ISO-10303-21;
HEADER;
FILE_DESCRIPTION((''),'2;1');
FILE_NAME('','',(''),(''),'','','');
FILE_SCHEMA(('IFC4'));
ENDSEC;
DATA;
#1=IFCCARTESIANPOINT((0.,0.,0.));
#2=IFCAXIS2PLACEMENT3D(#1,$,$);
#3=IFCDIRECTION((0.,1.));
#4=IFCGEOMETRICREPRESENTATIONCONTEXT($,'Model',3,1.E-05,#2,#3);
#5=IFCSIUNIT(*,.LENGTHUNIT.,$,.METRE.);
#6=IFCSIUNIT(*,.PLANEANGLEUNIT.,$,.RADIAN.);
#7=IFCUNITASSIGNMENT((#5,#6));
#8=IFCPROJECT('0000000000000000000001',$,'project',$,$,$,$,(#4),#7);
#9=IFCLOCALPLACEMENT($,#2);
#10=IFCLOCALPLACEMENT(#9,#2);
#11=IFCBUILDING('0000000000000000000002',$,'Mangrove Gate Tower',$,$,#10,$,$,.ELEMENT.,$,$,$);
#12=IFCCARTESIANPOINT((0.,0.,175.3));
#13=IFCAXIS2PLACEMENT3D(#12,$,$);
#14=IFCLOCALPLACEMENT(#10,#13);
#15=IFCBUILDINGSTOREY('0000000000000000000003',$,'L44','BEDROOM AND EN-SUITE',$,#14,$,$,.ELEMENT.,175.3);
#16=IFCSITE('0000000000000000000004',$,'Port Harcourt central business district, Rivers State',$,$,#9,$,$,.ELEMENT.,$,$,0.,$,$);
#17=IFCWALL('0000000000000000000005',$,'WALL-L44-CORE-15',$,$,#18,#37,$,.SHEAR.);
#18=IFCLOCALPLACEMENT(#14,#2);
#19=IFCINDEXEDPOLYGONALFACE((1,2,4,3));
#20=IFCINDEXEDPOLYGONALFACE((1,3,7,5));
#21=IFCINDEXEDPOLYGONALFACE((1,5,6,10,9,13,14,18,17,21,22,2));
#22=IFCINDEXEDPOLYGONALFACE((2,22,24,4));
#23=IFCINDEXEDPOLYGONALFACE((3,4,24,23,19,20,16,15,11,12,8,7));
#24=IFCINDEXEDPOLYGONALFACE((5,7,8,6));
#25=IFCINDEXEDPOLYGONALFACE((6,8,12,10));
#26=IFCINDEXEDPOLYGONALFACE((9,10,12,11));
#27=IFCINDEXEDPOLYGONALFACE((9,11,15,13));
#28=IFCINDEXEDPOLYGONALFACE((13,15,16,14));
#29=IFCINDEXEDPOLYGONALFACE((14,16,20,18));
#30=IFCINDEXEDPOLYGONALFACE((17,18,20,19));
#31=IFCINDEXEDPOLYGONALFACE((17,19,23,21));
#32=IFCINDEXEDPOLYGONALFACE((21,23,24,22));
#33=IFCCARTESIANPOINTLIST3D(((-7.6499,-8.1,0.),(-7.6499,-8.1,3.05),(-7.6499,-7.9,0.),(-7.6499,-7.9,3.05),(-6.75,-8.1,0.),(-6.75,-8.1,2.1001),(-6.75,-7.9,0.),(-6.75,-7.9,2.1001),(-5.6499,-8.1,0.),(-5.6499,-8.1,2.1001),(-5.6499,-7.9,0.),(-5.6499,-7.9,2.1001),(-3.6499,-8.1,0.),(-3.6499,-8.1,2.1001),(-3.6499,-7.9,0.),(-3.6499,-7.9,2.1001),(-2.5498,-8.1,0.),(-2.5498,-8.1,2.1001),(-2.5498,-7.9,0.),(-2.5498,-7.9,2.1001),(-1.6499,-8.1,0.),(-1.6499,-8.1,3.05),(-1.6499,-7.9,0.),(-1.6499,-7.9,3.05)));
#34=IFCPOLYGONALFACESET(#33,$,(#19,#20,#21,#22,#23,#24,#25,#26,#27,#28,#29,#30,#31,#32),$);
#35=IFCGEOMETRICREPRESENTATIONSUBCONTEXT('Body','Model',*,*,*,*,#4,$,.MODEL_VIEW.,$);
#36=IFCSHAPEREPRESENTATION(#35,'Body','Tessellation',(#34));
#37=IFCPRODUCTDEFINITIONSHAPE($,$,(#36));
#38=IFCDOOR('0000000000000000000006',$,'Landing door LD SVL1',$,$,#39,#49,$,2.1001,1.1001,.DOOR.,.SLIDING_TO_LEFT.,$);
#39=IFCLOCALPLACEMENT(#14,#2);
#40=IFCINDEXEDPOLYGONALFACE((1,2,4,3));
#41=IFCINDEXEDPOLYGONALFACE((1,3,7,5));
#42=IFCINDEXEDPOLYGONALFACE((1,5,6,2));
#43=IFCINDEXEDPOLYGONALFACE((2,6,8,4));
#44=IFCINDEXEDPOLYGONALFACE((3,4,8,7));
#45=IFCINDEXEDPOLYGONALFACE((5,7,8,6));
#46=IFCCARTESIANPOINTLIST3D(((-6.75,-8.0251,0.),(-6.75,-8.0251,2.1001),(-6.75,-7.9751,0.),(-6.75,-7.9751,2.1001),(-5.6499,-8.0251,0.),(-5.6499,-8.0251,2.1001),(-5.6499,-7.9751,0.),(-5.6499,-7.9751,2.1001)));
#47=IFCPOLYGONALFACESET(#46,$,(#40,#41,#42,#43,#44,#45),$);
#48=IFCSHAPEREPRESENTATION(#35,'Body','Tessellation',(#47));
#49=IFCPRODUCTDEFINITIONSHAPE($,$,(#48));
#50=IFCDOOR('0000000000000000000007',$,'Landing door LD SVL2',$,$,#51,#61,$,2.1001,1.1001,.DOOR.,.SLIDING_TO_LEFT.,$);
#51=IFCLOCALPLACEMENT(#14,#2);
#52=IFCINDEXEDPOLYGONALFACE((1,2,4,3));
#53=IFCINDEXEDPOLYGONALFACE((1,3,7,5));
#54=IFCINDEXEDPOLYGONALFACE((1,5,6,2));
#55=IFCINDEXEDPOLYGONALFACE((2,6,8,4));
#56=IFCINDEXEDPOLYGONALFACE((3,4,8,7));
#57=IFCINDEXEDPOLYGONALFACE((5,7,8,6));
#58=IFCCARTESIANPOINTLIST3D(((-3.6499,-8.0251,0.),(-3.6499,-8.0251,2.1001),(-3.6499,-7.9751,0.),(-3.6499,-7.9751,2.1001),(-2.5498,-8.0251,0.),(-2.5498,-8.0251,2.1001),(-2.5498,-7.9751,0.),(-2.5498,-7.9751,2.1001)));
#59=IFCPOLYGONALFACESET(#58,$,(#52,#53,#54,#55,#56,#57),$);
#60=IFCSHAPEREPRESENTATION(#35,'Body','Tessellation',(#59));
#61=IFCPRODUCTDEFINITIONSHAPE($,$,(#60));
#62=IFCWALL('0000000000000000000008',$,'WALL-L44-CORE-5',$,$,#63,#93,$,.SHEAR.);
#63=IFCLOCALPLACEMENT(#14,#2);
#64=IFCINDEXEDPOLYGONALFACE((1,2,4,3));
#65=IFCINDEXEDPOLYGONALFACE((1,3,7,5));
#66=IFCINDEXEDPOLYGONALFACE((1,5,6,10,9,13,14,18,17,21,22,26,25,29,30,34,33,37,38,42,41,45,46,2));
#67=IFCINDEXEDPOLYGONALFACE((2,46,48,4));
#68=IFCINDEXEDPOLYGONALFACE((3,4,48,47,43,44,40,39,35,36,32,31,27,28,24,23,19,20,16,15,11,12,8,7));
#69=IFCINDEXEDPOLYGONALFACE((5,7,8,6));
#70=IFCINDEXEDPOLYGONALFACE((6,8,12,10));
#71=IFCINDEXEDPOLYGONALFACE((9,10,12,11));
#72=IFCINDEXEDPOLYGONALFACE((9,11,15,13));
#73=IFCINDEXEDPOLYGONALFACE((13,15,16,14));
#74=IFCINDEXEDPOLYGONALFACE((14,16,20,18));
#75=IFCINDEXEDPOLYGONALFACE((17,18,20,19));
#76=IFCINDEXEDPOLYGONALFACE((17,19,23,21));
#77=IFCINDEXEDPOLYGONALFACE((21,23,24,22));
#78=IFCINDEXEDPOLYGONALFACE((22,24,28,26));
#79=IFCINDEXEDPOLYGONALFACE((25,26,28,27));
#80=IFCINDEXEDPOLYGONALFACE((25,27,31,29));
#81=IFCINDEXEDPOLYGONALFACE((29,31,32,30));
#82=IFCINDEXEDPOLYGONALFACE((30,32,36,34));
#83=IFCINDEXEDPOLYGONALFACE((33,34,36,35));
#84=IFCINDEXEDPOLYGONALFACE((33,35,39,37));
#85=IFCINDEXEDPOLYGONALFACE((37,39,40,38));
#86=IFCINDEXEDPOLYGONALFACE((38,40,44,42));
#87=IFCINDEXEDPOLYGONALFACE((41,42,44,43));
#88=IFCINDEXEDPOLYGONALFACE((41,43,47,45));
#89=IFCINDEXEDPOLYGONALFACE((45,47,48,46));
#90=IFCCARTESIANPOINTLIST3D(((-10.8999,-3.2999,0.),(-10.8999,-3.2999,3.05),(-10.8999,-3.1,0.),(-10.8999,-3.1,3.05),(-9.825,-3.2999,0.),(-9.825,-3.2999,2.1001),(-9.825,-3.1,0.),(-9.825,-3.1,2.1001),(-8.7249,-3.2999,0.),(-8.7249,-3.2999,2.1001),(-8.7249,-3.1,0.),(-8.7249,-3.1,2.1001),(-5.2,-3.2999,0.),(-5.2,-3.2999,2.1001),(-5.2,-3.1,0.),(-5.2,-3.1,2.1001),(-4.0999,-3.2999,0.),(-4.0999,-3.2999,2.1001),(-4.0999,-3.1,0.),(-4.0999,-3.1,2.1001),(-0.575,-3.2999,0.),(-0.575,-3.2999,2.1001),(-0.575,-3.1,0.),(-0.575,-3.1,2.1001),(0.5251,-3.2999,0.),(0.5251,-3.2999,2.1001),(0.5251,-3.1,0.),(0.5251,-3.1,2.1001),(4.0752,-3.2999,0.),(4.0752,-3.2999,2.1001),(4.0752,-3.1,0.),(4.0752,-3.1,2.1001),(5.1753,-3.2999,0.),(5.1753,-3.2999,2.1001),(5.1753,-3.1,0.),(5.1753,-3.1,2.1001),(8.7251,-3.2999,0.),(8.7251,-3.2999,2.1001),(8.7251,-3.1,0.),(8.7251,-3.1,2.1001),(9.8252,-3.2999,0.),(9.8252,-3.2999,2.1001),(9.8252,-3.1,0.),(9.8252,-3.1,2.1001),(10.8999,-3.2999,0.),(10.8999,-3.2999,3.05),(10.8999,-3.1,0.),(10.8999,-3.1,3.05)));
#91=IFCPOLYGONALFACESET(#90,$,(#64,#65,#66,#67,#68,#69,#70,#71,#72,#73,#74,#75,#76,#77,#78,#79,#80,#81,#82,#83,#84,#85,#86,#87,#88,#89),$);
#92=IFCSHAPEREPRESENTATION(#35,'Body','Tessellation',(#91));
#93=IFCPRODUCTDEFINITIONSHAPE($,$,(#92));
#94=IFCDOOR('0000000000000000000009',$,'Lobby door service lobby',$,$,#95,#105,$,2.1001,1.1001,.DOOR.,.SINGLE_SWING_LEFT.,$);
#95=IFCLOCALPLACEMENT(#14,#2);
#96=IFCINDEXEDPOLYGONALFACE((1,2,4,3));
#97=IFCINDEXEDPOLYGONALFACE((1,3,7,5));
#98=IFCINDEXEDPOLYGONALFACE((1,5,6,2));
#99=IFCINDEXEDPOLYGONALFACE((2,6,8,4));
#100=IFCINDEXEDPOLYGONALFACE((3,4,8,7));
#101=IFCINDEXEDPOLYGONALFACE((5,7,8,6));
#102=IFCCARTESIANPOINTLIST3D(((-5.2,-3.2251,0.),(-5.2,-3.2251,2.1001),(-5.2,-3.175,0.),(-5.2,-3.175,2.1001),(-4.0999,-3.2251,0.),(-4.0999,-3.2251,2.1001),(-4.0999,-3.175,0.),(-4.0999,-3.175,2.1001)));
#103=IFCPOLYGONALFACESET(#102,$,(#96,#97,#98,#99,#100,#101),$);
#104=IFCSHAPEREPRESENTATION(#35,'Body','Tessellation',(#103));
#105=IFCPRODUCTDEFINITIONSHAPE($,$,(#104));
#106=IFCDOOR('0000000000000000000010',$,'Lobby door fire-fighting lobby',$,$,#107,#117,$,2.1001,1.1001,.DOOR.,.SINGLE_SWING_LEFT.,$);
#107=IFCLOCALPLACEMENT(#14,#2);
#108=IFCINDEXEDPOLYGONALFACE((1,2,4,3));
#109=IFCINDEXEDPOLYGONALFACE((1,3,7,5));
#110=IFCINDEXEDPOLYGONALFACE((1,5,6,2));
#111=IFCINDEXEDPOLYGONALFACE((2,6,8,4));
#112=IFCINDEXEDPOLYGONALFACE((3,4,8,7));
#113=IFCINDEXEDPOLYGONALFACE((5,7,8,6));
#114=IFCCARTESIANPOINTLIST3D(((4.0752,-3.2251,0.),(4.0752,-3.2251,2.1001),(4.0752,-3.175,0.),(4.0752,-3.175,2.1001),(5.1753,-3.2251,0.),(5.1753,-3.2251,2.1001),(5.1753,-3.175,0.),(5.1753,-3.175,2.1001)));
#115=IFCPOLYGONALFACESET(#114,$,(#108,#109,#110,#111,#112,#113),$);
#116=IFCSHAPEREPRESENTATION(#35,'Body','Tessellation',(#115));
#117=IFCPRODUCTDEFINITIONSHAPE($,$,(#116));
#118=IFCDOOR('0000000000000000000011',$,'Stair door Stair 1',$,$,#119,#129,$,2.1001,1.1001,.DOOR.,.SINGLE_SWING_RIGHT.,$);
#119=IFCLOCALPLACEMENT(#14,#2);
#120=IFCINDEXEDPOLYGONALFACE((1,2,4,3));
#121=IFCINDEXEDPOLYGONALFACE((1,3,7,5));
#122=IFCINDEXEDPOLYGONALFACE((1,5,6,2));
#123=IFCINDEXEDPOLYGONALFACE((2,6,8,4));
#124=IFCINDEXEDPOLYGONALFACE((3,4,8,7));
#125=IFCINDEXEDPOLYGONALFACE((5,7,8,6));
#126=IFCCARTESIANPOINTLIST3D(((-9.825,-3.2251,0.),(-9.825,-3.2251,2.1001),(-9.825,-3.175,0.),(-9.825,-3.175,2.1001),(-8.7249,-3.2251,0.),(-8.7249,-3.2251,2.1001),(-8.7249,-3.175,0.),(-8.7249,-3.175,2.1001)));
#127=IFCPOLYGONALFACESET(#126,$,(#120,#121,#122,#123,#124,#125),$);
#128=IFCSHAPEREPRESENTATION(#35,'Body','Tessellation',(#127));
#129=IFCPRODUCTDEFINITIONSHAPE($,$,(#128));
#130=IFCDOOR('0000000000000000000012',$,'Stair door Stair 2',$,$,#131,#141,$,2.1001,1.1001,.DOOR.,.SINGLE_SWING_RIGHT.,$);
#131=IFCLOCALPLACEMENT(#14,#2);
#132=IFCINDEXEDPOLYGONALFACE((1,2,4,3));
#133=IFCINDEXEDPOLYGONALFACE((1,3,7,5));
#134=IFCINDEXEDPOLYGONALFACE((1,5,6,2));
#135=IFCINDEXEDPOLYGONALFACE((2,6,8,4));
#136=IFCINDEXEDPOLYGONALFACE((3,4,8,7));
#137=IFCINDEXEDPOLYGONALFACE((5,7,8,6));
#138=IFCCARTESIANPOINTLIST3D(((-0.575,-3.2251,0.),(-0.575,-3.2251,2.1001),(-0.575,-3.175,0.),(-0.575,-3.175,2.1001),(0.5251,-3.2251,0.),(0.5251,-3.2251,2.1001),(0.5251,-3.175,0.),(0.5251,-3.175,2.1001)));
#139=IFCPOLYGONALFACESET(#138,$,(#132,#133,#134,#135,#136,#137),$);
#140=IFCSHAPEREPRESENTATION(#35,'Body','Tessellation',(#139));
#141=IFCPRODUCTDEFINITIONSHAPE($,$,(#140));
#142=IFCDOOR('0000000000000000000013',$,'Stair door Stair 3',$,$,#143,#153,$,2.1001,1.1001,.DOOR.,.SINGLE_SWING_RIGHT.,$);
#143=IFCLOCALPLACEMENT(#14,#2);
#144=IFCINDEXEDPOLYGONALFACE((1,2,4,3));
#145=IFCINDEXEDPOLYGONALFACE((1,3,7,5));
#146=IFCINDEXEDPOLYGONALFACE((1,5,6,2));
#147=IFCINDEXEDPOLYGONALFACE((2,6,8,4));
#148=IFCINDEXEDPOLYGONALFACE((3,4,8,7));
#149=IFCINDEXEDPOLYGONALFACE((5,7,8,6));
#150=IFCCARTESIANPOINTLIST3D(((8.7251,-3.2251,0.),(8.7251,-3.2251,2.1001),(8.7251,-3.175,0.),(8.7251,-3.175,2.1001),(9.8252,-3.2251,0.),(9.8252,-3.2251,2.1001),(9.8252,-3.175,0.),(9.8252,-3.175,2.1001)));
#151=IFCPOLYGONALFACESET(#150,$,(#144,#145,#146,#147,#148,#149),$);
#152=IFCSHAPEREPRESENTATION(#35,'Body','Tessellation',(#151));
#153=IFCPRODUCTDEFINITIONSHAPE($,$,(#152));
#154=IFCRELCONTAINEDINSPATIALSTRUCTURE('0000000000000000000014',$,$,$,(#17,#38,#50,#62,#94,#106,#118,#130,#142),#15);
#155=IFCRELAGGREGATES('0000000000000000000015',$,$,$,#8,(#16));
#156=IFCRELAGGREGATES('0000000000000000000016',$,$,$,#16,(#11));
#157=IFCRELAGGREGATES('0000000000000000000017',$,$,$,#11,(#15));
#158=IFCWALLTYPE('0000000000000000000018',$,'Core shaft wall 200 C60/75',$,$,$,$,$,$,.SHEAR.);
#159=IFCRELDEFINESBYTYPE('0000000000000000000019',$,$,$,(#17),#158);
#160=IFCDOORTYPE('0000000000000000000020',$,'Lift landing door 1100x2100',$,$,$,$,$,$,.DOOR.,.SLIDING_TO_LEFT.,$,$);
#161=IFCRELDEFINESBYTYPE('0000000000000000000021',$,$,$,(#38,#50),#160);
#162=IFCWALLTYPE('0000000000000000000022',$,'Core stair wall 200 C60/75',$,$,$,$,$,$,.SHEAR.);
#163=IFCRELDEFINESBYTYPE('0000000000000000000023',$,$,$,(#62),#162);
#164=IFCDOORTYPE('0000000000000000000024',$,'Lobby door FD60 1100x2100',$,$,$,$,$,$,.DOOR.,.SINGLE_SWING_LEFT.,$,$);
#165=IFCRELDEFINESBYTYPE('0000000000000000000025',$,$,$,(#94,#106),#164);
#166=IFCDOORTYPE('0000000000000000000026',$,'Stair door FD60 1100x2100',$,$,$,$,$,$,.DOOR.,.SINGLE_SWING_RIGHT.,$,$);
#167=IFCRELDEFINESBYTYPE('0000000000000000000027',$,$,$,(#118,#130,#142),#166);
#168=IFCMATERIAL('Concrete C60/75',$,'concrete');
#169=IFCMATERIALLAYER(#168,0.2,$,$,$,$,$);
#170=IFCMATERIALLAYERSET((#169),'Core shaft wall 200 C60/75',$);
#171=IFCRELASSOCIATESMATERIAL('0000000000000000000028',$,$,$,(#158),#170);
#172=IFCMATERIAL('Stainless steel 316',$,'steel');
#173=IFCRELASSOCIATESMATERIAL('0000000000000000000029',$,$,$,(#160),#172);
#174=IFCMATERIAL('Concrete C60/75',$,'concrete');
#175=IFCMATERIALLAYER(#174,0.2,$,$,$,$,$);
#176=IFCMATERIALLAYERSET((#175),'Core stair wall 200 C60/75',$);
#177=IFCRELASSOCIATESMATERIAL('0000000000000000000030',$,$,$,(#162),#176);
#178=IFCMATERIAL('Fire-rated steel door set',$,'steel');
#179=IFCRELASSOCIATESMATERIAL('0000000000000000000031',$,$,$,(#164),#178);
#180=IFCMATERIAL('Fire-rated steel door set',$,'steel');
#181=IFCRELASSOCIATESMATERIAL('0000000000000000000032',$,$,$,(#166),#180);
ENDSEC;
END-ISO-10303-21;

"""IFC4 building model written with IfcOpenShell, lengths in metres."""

from ifc_helpers import new_model, si_unit, direction, frame, frame_2d, origin, place, context, subcontext, project, spatial, rectangle, extrude, material, layer, layer_set, type_object, element, fill, save


model = new_model("IFC4")

# Units and contexts
model_context = context("Model", 3, precision=1e-05, world=origin(), true_north=direction((0.0, 1.0)))
body_context = subcontext(model_context, "Body", "Model", "MODEL_VIEW")
ifc_project = project(units=[si_unit("LENGTHUNIT", "METRE"), si_unit("PLANEANGLEUNIT", "RADIAN")], contexts=[model_context])

# Site, building, storey
site_placement = place(None, origin())
site = spatial("IfcSite", under=ifc_project, at=site_placement, Name="Port Harcourt central business district, Rivers State", CompositionType="ELEMENT", RefElevation=0.0)
building_placement = place(site_placement, origin())
building = spatial("IfcBuilding", under=site, at=building_placement, Name="Mangrove Gate Tower", CompositionType="ELEMENT")
storey_placement = place(building_placement, frame((0.0, 0.0, 175.3)))
storey = spatial("IfcBuildingStorey", under=building, at=storey_placement, Name="L44", Description="BEDROOM AND EN-SUITE", CompositionType="ELEMENT", Elevation=175.3)

# Walls, openings, doors
ifc_material_1 = material(Name="Concrete C60/75", Category="concrete")
ifc_layer_1 = layer(ifc_material_1, 0.2)
ifc_layer_set_1 = layer_set([ifc_layer_1], Name="Core shaft wall 200 C60/75")
wall_type_1 = type_object("IfcWallType", Name="Core shaft wall 200 C60/75", PredefinedType="SHEAR", material=ifc_layer_set_1)
wall_1_placement = place(storey_placement, frame((-7.6499, -8.0, 0.0), z_axis=(0.0, 0.0, 1.0), x_axis=(1.0, 0.0, 0.0)))
wall_1 = element("IfcWall", 1, at=wall_1_placement, inside=storey, type_object=wall_type_1, Name="WALL-L44-CORE-15", PredefinedType="SHEAR", context=body_context, shape_type="SweptSolid", body=[
    extrude(rectangle(XDim=6.0, YDim=0.2, at=frame_2d((3.0, 0.0))), origin(), (0.0, 0.0, 1.0), 3.05),
])
opening_1_placement = place(wall_1_placement, frame((0.8999, 0.0, 0.0)))
opening_1 = element("IfcOpeningElement", 2, at=opening_1_placement, cuts=wall_1, PredefinedType="OPENING", context=body_context, shape_type="SweptSolid", body=[
    extrude(rectangle(XDim=1.1001, YDim=2.1001, at=frame_2d((0.55, 1.05))), frame((0.0, 0.1099, 0.0), z_axis=(0.0, -1.0, 0.0), x_axis=(1.0, 0.0, 0.0)), (0.0, 0.0, 1.0), 0.22),
])
opening_2_placement = place(wall_1_placement, frame((4.0, 0.0, 0.0)))
opening_2 = element("IfcOpeningElement", 3, at=opening_2_placement, cuts=wall_1, PredefinedType="OPENING", context=body_context, shape_type="SweptSolid", body=[
    extrude(rectangle(XDim=1.1001, YDim=2.1001, at=frame_2d((0.55, 1.05))), frame((0.0, 0.1099, 0.0), z_axis=(0.0, -1.0, 0.0), x_axis=(1.0, 0.0, 0.0)), (0.0, 0.0, 1.0), 0.22),
])
ifc_material_2 = material(Name="Stainless steel 316", Category="steel")
door_type_1 = type_object("IfcDoorType", Name="Lift landing door 1100x2100", OperationType="SLIDING_TO_LEFT", PredefinedType="DOOR", material=ifc_material_2)
door_1_placement = place(opening_1_placement, origin())
door_1 = element("IfcDoor", 4, at=door_1_placement, inside=storey, type_object=door_type_1, Name="Landing door LD SVL1", OperationType="SLIDING_TO_LEFT", OverallHeight=2.1001, OverallWidth=1.1001, PredefinedType="DOOR", context=body_context, shape_type="SweptSolid", body=[
    extrude(rectangle(XDim=1.1001, YDim=2.1001, at=frame_2d((0.55, 1.05))), frame((0.0, 0.0249, 0.0), z_axis=(0.0, -1.0, 0.0), x_axis=(1.0, 0.0, 0.0)), (0.0, 0.0, 1.0), 0.05),
])
fill(opening_1, door_1)
door_2_placement = place(opening_2_placement, origin())
door_2 = element("IfcDoor", 5, at=door_2_placement, inside=storey, type_object=door_type_1, Name="Landing door LD SVL2", OperationType="SLIDING_TO_LEFT", OverallHeight=2.1001, OverallWidth=1.1001, PredefinedType="DOOR", context=body_context, shape_type="SweptSolid", body=[
    extrude(rectangle(XDim=1.1001, YDim=2.1001, at=frame_2d((0.55, 1.05))), frame((0.0, 0.0249, 0.0), z_axis=(0.0, -1.0, 0.0), x_axis=(1.0, 0.0, 0.0)), (0.0, 0.0, 1.0), 0.05),
])
fill(opening_2, door_2)
ifc_material_3 = material(Name="Concrete C60/75", Category="concrete")
ifc_layer_2 = layer(ifc_material_3, 0.2)
ifc_layer_set_2 = layer_set([ifc_layer_2], Name="Core stair wall 200 C60/75")
wall_type_2 = type_object("IfcWallType", Name="Core stair wall 200 C60/75", PredefinedType="SHEAR", material=ifc_layer_set_2)
wall_2_placement = place(storey_placement, frame((-10.8999, -3.2, 0.0), z_axis=(0.0, 0.0, 1.0), x_axis=(1.0, 0.0, 0.0)))
wall_2 = element("IfcWall", 6, at=wall_2_placement, inside=storey, type_object=wall_type_2, Name="WALL-L44-CORE-5", PredefinedType="SHEAR", context=body_context, shape_type="SweptSolid", body=[
    extrude(rectangle(XDim=21.7998, YDim=0.2, at=frame_2d((10.8999, 0.0))), origin(), (0.0, 0.0, 1.0), 3.05),
])
opening_3_placement = place(wall_2_placement, frame((1.075, 0.0, 0.0)))
opening_3 = element("IfcOpeningElement", 7, at=opening_3_placement, cuts=wall_2, PredefinedType="OPENING", context=body_context, shape_type="SweptSolid", body=[
    extrude(rectangle(XDim=1.1001, YDim=2.1001, at=frame_2d((0.55, 1.05))), frame((0.0, 0.1099, 0.0), z_axis=(0.0, -1.0, 0.0), x_axis=(1.0, 0.0, 0.0)), (0.0, 0.0, 1.0), 0.22),
])
opening_4_placement = place(wall_2_placement, frame((10.325, 0.0, 0.0)))
opening_4 = element("IfcOpeningElement", 8, at=opening_4_placement, cuts=wall_2, PredefinedType="OPENING", context=body_context, shape_type="SweptSolid", body=[
    extrude(rectangle(XDim=1.1001, YDim=2.1001, at=frame_2d((0.55, 1.05))), frame((0.0, 0.1099, 0.0), z_axis=(0.0, -1.0, 0.0), x_axis=(1.0, 0.0, 0.0)), (0.0, 0.0, 1.0), 0.22),
])
opening_5_placement = place(wall_2_placement, frame((19.625, 0.0, 0.0)))
opening_5 = element("IfcOpeningElement", 9, at=opening_5_placement, cuts=wall_2, PredefinedType="OPENING", context=body_context, shape_type="SweptSolid", body=[
    extrude(rectangle(XDim=1.1001, YDim=2.1001, at=frame_2d((0.55, 1.05))), frame((0.0, 0.1099, 0.0), z_axis=(0.0, -1.0, 0.0), x_axis=(1.0, 0.0, 0.0)), (0.0, 0.0, 1.0), 0.22),
])
opening_6_placement = place(wall_2_placement, frame((5.7, 0.0, 0.0)))
opening_6 = element("IfcOpeningElement", 10, at=opening_6_placement, cuts=wall_2, PredefinedType="OPENING", context=body_context, shape_type="SweptSolid", body=[
    extrude(rectangle(XDim=1.1001, YDim=2.1001, at=frame_2d((0.55, 1.05))), frame((0.0, 0.1099, 0.0), z_axis=(0.0, -1.0, 0.0), x_axis=(1.0, 0.0, 0.0)), (0.0, 0.0, 1.0), 0.22),
])
opening_7_placement = place(wall_2_placement, frame((14.9751, 0.0, 0.0)))
opening_7 = element("IfcOpeningElement", 11, at=opening_7_placement, cuts=wall_2, PredefinedType="OPENING", context=body_context, shape_type="SweptSolid", body=[
    extrude(rectangle(XDim=1.1001, YDim=2.1001, at=frame_2d((0.55, 1.05))), frame((0.0, 0.1099, 0.0), z_axis=(0.0, -1.0, 0.0), x_axis=(1.0, 0.0, 0.0)), (0.0, 0.0, 1.0), 0.22),
])
ifc_material_4 = material(Name="Fire-rated steel door set", Category="steel")
door_type_2 = type_object("IfcDoorType", Name="Lobby door FD60 1100x2100", OperationType="SINGLE_SWING_LEFT", PredefinedType="DOOR", material=ifc_material_4)
door_3_placement = place(opening_6_placement, origin())
door_3 = element("IfcDoor", 12, at=door_3_placement, inside=storey, type_object=door_type_2, Name="Lobby door service lobby", OperationType="SINGLE_SWING_LEFT", OverallHeight=2.1001, OverallWidth=1.1001, PredefinedType="DOOR", context=body_context, shape_type="SweptSolid", body=[
    extrude(rectangle(XDim=1.1001, YDim=2.1001, at=frame_2d((0.55, 1.05))), frame((0.0, 0.0249, 0.0), z_axis=(0.0, -1.0, 0.0), x_axis=(1.0, 0.0, 0.0)), (0.0, 0.0, 1.0), 0.05),
])
fill(opening_6, door_3)
door_4_placement = place(opening_7_placement, origin())
door_4 = element("IfcDoor", 13, at=door_4_placement, inside=storey, type_object=door_type_2, Name="Lobby door fire-fighting lobby", OperationType="SINGLE_SWING_LEFT", OverallHeight=2.1001, OverallWidth=1.1001, PredefinedType="DOOR", context=body_context, shape_type="SweptSolid", body=[
    extrude(rectangle(XDim=1.1001, YDim=2.1001, at=frame_2d((0.55, 1.05))), frame((0.0, 0.0249, 0.0), z_axis=(0.0, -1.0, 0.0), x_axis=(1.0, 0.0, 0.0)), (0.0, 0.0, 1.0), 0.05),
])
fill(opening_7, door_4)
ifc_material_5 = material(Name="Fire-rated steel door set", Category="steel")
door_type_3 = type_object("IfcDoorType", Name="Stair door FD60 1100x2100", OperationType="SINGLE_SWING_RIGHT", PredefinedType="DOOR", material=ifc_material_5)
door_5_placement = place(opening_3_placement, origin())
door_5 = element("IfcDoor", 14, at=door_5_placement, inside=storey, type_object=door_type_3, Name="Stair door Stair 1", OperationType="SINGLE_SWING_RIGHT", OverallHeight=2.1001, OverallWidth=1.1001, PredefinedType="DOOR", context=body_context, shape_type="SweptSolid", body=[
    extrude(rectangle(XDim=1.1001, YDim=2.1001, at=frame_2d((0.55, 1.05))), frame((0.0, 0.0249, 0.0), z_axis=(0.0, -1.0, 0.0), x_axis=(1.0, 0.0, 0.0)), (0.0, 0.0, 1.0), 0.05),
])
fill(opening_3, door_5)
door_6_placement = place(opening_4_placement, origin())
door_6 = element("IfcDoor", 15, at=door_6_placement, inside=storey, type_object=door_type_3, Name="Stair door Stair 2", OperationType="SINGLE_SWING_RIGHT", OverallHeight=2.1001, OverallWidth=1.1001, PredefinedType="DOOR", context=body_context, shape_type="SweptSolid", body=[
    extrude(rectangle(XDim=1.1001, YDim=2.1001, at=frame_2d((0.55, 1.05))), frame((0.0, 0.0249, 0.0), z_axis=(0.0, -1.0, 0.0), x_axis=(1.0, 0.0, 0.0)), (0.0, 0.0, 1.0), 0.05),
])
fill(opening_4, door_6)
door_7_placement = place(opening_5_placement, origin())
door_7 = element("IfcDoor", 16, at=door_7_placement, inside=storey, type_object=door_type_3, Name="Stair door Stair 3", OperationType="SINGLE_SWING_RIGHT", OverallHeight=2.1001, OverallWidth=1.1001, PredefinedType="DOOR", context=body_context, shape_type="SweptSolid", body=[
    extrude(rectangle(XDim=1.1001, YDim=2.1001, at=frame_2d((0.55, 1.05))), frame((0.0, 0.0249, 0.0), z_axis=(0.0, -1.0, 0.0), x_axis=(1.0, 0.0, 0.0)), (0.0, 0.0, 1.0), 0.05),
])
fill(opening_5, door_7)

save(model, "model.ifc")
